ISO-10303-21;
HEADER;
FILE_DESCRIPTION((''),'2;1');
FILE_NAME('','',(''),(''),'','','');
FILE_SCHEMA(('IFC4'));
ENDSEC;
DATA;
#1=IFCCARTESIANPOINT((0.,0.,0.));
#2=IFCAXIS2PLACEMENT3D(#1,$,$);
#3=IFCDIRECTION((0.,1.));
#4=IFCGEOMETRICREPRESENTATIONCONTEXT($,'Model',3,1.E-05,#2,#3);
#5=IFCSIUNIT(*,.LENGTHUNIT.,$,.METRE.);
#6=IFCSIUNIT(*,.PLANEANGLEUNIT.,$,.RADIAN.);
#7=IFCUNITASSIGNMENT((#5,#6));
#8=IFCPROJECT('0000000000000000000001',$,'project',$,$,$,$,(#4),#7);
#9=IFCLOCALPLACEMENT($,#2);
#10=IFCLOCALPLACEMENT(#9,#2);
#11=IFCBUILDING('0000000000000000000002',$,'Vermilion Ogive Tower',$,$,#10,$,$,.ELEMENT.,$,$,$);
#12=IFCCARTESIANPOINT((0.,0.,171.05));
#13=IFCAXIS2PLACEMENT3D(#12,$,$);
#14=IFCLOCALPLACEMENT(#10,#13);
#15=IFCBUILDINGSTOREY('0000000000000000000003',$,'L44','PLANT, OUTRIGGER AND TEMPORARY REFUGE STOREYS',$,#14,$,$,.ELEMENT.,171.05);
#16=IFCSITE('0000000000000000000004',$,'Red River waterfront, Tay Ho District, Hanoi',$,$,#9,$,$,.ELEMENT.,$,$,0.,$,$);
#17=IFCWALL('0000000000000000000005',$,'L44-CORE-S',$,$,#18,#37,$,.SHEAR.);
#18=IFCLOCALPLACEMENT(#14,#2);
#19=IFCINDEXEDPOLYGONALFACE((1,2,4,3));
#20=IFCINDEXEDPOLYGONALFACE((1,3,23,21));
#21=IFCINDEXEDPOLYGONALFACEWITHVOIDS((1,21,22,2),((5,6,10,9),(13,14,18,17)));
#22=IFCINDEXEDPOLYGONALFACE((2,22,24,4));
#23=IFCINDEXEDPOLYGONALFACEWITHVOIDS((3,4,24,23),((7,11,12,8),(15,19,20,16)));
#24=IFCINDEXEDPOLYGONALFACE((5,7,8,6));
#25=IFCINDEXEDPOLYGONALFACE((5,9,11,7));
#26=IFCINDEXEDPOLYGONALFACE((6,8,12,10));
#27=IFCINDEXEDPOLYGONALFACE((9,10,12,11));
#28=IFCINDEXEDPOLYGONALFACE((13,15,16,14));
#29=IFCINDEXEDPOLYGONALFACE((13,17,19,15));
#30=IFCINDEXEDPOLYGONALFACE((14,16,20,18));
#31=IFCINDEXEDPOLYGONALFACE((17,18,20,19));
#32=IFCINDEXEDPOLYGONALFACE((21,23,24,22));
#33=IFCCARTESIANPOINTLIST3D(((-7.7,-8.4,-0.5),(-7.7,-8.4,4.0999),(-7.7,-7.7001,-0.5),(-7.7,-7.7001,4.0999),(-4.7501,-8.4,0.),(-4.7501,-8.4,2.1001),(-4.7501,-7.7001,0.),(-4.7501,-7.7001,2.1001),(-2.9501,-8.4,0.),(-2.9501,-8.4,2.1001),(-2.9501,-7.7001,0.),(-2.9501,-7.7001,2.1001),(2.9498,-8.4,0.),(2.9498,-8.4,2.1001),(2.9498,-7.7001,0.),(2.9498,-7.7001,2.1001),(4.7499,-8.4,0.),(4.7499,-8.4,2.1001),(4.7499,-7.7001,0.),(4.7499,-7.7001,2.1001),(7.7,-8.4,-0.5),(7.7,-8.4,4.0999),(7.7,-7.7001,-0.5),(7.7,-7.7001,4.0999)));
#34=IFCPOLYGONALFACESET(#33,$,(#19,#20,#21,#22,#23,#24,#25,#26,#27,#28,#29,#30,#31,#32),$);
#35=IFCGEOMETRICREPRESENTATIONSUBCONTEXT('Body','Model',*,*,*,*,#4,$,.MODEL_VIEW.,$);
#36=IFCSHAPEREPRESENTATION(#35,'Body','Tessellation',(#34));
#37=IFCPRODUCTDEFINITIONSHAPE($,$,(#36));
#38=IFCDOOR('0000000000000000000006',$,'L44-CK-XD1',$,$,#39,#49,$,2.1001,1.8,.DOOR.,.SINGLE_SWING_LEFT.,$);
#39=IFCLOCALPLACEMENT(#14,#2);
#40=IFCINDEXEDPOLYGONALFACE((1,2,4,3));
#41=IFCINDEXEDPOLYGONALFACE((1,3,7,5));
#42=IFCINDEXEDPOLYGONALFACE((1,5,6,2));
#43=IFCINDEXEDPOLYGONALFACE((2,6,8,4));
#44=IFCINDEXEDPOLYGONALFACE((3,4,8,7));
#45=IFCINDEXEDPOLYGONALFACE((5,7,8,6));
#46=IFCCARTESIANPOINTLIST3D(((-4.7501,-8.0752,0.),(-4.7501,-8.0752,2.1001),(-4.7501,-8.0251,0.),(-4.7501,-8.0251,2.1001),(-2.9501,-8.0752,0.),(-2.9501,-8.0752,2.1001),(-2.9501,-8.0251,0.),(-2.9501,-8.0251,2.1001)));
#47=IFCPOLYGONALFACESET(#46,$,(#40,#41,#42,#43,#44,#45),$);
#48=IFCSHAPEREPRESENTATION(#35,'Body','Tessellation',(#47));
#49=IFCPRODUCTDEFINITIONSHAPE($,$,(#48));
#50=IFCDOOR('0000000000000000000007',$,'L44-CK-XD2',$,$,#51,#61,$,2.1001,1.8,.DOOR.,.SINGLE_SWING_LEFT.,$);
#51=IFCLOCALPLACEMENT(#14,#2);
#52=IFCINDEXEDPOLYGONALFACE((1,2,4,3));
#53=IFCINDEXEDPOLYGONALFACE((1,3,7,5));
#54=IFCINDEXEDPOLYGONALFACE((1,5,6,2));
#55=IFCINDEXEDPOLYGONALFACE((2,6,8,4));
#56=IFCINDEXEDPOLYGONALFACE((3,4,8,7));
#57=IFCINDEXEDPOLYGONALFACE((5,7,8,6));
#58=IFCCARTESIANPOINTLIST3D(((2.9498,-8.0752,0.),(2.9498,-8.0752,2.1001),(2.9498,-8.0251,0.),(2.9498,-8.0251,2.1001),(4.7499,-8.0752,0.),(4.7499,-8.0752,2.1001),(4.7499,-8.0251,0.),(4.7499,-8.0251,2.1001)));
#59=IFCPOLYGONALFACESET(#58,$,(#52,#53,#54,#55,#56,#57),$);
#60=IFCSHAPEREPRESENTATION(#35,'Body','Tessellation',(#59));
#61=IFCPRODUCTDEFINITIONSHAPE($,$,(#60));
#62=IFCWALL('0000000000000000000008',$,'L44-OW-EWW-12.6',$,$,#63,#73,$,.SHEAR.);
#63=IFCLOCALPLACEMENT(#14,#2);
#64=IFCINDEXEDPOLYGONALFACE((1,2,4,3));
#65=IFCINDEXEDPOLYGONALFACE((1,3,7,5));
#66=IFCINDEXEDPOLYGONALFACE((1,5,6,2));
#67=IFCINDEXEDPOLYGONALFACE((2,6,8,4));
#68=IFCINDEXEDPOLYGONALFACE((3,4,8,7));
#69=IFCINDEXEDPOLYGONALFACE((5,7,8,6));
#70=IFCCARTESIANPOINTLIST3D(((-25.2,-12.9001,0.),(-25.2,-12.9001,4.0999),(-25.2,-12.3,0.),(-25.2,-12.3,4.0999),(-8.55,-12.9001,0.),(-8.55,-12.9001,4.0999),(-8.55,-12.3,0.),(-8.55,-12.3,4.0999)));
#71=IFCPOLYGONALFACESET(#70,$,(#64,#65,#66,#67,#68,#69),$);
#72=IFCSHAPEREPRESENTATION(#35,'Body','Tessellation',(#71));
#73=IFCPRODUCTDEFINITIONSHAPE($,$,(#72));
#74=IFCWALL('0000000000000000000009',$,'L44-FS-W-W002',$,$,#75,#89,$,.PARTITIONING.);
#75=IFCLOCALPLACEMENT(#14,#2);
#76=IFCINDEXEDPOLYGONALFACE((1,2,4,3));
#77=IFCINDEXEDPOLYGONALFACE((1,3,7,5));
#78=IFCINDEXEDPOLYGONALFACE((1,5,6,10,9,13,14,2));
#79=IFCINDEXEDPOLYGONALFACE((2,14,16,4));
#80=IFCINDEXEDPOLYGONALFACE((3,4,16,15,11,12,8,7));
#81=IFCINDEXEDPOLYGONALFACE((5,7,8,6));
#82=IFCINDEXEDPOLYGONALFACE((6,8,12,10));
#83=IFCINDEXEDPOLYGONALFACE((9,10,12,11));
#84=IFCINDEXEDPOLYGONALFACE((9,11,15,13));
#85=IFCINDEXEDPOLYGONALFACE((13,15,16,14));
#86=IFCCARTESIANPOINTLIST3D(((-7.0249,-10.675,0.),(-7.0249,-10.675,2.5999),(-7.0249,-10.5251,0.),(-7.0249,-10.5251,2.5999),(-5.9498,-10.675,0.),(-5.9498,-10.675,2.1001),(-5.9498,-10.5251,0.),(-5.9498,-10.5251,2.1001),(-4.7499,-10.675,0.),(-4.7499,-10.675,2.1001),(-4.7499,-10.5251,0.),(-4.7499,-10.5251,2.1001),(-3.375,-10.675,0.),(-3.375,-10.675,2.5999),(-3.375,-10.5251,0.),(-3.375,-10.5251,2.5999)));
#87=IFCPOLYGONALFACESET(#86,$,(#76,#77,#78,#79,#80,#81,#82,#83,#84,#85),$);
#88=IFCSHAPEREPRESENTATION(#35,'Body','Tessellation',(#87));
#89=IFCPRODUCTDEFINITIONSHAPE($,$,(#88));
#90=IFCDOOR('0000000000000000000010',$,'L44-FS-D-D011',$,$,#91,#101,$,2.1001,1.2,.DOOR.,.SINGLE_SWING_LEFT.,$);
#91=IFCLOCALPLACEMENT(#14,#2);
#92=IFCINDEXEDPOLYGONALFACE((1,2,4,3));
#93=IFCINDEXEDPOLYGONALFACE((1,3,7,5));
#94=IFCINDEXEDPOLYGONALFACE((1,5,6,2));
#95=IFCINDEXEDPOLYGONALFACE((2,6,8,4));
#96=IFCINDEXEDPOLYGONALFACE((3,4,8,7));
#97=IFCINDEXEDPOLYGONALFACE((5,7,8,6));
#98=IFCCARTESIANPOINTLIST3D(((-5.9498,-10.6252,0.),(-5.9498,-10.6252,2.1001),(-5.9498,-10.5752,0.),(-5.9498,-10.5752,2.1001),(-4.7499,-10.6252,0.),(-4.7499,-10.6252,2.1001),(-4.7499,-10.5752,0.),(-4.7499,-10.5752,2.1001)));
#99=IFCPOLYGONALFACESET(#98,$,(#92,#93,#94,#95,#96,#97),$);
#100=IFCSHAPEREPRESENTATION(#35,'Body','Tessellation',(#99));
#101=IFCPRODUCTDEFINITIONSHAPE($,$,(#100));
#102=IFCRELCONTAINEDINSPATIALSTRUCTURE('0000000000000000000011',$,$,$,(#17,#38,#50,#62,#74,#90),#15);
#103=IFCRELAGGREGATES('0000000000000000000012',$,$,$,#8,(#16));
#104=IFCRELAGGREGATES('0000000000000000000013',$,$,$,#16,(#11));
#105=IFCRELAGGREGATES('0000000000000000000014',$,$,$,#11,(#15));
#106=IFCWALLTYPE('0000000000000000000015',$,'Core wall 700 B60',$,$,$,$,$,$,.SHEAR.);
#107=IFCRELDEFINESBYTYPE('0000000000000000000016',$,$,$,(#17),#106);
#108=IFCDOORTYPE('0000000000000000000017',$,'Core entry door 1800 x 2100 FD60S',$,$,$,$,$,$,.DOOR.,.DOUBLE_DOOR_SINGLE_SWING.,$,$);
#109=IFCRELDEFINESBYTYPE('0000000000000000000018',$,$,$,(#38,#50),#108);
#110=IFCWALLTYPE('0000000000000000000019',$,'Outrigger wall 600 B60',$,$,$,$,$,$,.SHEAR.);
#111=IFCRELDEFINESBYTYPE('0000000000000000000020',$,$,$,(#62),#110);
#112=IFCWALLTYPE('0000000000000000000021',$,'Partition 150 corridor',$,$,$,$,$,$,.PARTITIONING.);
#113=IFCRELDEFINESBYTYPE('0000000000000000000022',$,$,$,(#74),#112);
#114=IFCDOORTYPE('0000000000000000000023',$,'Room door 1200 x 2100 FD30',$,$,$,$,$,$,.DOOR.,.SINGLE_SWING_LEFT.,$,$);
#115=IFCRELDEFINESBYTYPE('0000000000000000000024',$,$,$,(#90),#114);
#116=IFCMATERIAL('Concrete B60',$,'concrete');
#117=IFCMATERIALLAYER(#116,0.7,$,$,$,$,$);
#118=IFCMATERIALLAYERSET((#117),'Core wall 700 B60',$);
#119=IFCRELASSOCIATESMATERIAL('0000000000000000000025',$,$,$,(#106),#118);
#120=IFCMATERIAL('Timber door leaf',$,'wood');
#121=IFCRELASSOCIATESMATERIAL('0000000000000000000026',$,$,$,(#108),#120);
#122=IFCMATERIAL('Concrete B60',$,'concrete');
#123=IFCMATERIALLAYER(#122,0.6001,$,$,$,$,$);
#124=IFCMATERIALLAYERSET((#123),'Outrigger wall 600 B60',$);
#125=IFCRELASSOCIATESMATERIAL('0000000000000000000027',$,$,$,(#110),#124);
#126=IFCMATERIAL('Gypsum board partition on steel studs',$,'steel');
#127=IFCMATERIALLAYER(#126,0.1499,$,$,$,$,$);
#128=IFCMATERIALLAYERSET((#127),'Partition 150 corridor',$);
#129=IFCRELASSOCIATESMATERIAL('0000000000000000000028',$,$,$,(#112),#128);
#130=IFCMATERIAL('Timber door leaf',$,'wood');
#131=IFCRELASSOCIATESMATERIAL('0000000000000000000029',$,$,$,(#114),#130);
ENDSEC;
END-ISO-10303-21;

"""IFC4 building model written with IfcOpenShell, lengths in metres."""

from ifc_helpers import new_model, si_unit, direction, frame, frame_2d, origin, place, context, subcontext, project, spatial, rectangle, extrude, material, layer, layer_set, type_object, element, fill, save


model = new_model("IFC4")

# Units and contexts
model_context = context("Model", 3, precision=1e-05, world=origin(), true_north=direction((0.0, 1.0)))
body_context = subcontext(model_context, "Body", "Model", "MODEL_VIEW")
ifc_project = project(units=[si_unit("LENGTHUNIT", "METRE"), si_unit("PLANEANGLEUNIT", "RADIAN")], contexts=[model_context])

# Site, building, storey
site_placement = place(None, origin())
site = spatial("IfcSite", under=ifc_project, at=site_placement, Name="Red River waterfront, Tay Ho District, Hanoi", CompositionType="ELEMENT", RefElevation=0.0)
building_placement = place(site_placement, origin())
building = spatial("IfcBuilding", under=site, at=building_placement, Name="Vermilion Ogive Tower", CompositionType="ELEMENT")
storey_placement = place(building_placement, frame((0.0, 0.0, 171.05)))
storey = spatial("IfcBuildingStorey", under=building, at=storey_placement, Name="L44", Description="PLANT, OUTRIGGER AND TEMPORARY REFUGE STOREYS", CompositionType="ELEMENT", Elevation=171.05)

# Wall, openings, doors
ifc_material_1 = material(Name="Concrete B60", Category="concrete")
ifc_layer_1 = layer(ifc_material_1, 0.7)
ifc_layer_set_1 = layer_set([ifc_layer_1], Name="Core wall 700 B60")
wall_type_1 = type_object("IfcWallType", Name="Core wall 700 B60", PredefinedType="SHEAR", material=ifc_layer_set_1)
wall_1_placement = place(storey_placement, frame((-7.7, -8.05, -0.5), z_axis=(0.0, 0.0, 1.0), x_axis=(1.0, 0.0, 0.0)))
wall_1 = element("IfcWall", 1, at=wall_1_placement, inside=storey, type_object=wall_type_1, Name="L44-CORE-S", PredefinedType="SHEAR", context=body_context, shape_type="SweptSolid", body=[
    extrude(rectangle(XDim=15.3999, YDim=0.7, at=frame_2d((7.7, 0.0))), origin(), (0.0, 0.0, 1.0), 4.5999),
])
opening_1_placement = place(wall_1_placement, frame((2.95, 0.0, 0.5)))
opening_1 = element("IfcOpeningElement", 2, at=opening_1_placement, cuts=wall_1, PredefinedType="OPENING", context=body_context, shape_type="SweptSolid", body=[
    extrude(rectangle(XDim=1.8, YDim=2.1001, at=frame_2d((0.8999, 1.05))), frame((0.0, 0.3599, 0.0), z_axis=(0.0, -1.0, 0.0), x_axis=(1.0, 0.0, 0.0)), (0.0, 0.0, 1.0), 0.72),
])
opening_2_placement = place(wall_1_placement, frame((10.6499, 0.0, 0.5)))
opening_2 = element("IfcOpeningElement", 3, at=opening_2_placement, cuts=wall_1, PredefinedType="OPENING", context=body_context, shape_type="SweptSolid", body=[
    extrude(rectangle(XDim=1.8, YDim=2.1001, at=frame_2d((0.8999, 1.05))), frame((0.0, 0.3599, 0.0), z_axis=(0.0, -1.0, 0.0), x_axis=(1.0, 0.0, 0.0)), (0.0, 0.0, 1.0), 0.72),
])
ifc_material_2 = material(Name="Timber door leaf", Category="wood")
door_type_1 = type_object("IfcDoorType", Name="Core entry door 1800 x 2100 FD60S", OperationType="DOUBLE_DOOR_SINGLE_SWING", PredefinedType="DOOR", material=ifc_material_2)
door_1_placement = place(opening_1_placement, origin())
door_1 = element("IfcDoor", 4, at=door_1_placement, inside=storey, type_object=door_type_1, Name="L44-CK-XD1", OperationType="SINGLE_SWING_LEFT", OverallHeight=2.1001, OverallWidth=1.8, PredefinedType="DOOR", context=body_context, shape_type="SweptSolid", body=[
    extrude(rectangle(XDim=1.8, YDim=2.1001, at=frame_2d((0.8999, 1.05))), frame((0.0, 0.0249, 0.0), z_axis=(0.0, -1.0, 0.0), x_axis=(1.0, 0.0, 0.0)), (0.0, 0.0, 1.0), 0.05),
])
fill(opening_1, door_1)
door_2_placement = place(opening_2_placement, origin())
door_2 = element("IfcDoor", 5, at=door_2_placement, inside=storey, type_object=door_type_1, Name="L44-CK-XD2", OperationType="SINGLE_SWING_LEFT", OverallHeight=2.1001, OverallWidth=1.8, PredefinedType="DOOR", context=body_context, shape_type="SweptSolid", body=[
    extrude(rectangle(XDim=1.8, YDim=2.1001, at=frame_2d((0.8999, 1.05))), frame((0.0, 0.0249, 0.0), z_axis=(0.0, -1.0, 0.0), x_axis=(1.0, 0.0, 0.0)), (0.0, 0.0, 1.0), 0.05),
])
fill(opening_2, door_2)

# Wall
ifc_material_3 = material(Name="Concrete B60", Category="concrete")
ifc_layer_2 = layer(ifc_material_3, 0.6001)
ifc_layer_set_2 = layer_set([ifc_layer_2], Name="Outrigger wall 600 B60")
wall_type_2 = type_object("IfcWallType", Name="Outrigger wall 600 B60", PredefinedType="SHEAR", material=ifc_layer_set_2)
wall_2_placement = place(storey_placement, frame((-8.55, -12.6001, 0.0), z_axis=(0.0, 0.0, 1.0), x_axis=(-1.0, 0.0, 0.0)))
element("IfcWall", 6, at=wall_2_placement, inside=storey, type_object=wall_type_2, Name="L44-OW-EWW-12.6", PredefinedType="SHEAR", context=body_context, shape_type="SweptSolid", body=[
    extrude(rectangle(XDim=16.6499, YDim=0.6001, at=frame_2d((8.325, 0.0))), origin(), (0.0, 0.0, 1.0), 4.0999),
])

# Wall, opening, door
ifc_material_4 = material(Name="Gypsum board partition on steel studs", Category="steel")
ifc_layer_3 = layer(ifc_material_4, 0.1499)
ifc_layer_set_3 = layer_set([ifc_layer_3], Name="Partition 150 corridor")
wall_type_3 = type_object("IfcWallType", Name="Partition 150 corridor", PredefinedType="PARTITIONING", material=ifc_layer_set_3)
wall_3_placement = place(storey_placement, frame((-7.0249, -10.6001, 0.0), z_axis=(0.0, 0.0, 1.0), x_axis=(1.0, 0.0, 0.0)))
wall_3 = element("IfcWall", 7, at=wall_3_placement, inside=storey, type_object=wall_type_3, Name="L44-FS-W-W002", PredefinedType="PARTITIONING", context=body_context, shape_type="SweptSolid", body=[
    extrude(rectangle(XDim=3.6499, YDim=0.1499, at=frame_2d((1.825, 0.0))), origin(), (0.0, 0.0, 1.0), 2.5999),
])
opening_3_placement = place(wall_3_placement, frame((1.075, 0.0, 0.0)))
opening_3 = element("IfcOpeningElement", 8, at=opening_3_placement, cuts=wall_3, PredefinedType="OPENING", context=body_context, shape_type="SweptSolid", body=[
    extrude(rectangle(XDim=1.2, YDim=2.1001, at=frame_2d((0.6001, 1.05))), frame((0.0, 0.085, 0.0), z_axis=(0.0, -1.0, 0.0), x_axis=(1.0, 0.0, 0.0)), (0.0, 0.0, 1.0), 0.1699),
])
ifc_material_5 = material(Name="Timber door leaf", Category="wood")
door_type_2 = type_object("IfcDoorType", Name="Room door 1200 x 2100 FD30", OperationType="SINGLE_SWING_LEFT", PredefinedType="DOOR", material=ifc_material_5)
door_3_placement = place(opening_3_placement, origin())
door_3 = element("IfcDoor", 9, at=door_3_placement, inside=storey, type_object=door_type_2, Name="L44-FS-D-D011", OperationType="SINGLE_SWING_LEFT", OverallHeight=2.1001, OverallWidth=1.2, PredefinedType="DOOR", context=body_context, shape_type="SweptSolid", body=[
    extrude(rectangle(XDim=1.2, YDim=2.1001, at=frame_2d((0.6001, 1.05))), frame((0.0, 0.0249, 0.0), z_axis=(0.0, -1.0, 0.0), x_axis=(1.0, 0.0, 0.0)), (0.0, 0.0, 1.0), 0.05),
])
fill(opening_3, door_3)

save(model, "model.ifc")
